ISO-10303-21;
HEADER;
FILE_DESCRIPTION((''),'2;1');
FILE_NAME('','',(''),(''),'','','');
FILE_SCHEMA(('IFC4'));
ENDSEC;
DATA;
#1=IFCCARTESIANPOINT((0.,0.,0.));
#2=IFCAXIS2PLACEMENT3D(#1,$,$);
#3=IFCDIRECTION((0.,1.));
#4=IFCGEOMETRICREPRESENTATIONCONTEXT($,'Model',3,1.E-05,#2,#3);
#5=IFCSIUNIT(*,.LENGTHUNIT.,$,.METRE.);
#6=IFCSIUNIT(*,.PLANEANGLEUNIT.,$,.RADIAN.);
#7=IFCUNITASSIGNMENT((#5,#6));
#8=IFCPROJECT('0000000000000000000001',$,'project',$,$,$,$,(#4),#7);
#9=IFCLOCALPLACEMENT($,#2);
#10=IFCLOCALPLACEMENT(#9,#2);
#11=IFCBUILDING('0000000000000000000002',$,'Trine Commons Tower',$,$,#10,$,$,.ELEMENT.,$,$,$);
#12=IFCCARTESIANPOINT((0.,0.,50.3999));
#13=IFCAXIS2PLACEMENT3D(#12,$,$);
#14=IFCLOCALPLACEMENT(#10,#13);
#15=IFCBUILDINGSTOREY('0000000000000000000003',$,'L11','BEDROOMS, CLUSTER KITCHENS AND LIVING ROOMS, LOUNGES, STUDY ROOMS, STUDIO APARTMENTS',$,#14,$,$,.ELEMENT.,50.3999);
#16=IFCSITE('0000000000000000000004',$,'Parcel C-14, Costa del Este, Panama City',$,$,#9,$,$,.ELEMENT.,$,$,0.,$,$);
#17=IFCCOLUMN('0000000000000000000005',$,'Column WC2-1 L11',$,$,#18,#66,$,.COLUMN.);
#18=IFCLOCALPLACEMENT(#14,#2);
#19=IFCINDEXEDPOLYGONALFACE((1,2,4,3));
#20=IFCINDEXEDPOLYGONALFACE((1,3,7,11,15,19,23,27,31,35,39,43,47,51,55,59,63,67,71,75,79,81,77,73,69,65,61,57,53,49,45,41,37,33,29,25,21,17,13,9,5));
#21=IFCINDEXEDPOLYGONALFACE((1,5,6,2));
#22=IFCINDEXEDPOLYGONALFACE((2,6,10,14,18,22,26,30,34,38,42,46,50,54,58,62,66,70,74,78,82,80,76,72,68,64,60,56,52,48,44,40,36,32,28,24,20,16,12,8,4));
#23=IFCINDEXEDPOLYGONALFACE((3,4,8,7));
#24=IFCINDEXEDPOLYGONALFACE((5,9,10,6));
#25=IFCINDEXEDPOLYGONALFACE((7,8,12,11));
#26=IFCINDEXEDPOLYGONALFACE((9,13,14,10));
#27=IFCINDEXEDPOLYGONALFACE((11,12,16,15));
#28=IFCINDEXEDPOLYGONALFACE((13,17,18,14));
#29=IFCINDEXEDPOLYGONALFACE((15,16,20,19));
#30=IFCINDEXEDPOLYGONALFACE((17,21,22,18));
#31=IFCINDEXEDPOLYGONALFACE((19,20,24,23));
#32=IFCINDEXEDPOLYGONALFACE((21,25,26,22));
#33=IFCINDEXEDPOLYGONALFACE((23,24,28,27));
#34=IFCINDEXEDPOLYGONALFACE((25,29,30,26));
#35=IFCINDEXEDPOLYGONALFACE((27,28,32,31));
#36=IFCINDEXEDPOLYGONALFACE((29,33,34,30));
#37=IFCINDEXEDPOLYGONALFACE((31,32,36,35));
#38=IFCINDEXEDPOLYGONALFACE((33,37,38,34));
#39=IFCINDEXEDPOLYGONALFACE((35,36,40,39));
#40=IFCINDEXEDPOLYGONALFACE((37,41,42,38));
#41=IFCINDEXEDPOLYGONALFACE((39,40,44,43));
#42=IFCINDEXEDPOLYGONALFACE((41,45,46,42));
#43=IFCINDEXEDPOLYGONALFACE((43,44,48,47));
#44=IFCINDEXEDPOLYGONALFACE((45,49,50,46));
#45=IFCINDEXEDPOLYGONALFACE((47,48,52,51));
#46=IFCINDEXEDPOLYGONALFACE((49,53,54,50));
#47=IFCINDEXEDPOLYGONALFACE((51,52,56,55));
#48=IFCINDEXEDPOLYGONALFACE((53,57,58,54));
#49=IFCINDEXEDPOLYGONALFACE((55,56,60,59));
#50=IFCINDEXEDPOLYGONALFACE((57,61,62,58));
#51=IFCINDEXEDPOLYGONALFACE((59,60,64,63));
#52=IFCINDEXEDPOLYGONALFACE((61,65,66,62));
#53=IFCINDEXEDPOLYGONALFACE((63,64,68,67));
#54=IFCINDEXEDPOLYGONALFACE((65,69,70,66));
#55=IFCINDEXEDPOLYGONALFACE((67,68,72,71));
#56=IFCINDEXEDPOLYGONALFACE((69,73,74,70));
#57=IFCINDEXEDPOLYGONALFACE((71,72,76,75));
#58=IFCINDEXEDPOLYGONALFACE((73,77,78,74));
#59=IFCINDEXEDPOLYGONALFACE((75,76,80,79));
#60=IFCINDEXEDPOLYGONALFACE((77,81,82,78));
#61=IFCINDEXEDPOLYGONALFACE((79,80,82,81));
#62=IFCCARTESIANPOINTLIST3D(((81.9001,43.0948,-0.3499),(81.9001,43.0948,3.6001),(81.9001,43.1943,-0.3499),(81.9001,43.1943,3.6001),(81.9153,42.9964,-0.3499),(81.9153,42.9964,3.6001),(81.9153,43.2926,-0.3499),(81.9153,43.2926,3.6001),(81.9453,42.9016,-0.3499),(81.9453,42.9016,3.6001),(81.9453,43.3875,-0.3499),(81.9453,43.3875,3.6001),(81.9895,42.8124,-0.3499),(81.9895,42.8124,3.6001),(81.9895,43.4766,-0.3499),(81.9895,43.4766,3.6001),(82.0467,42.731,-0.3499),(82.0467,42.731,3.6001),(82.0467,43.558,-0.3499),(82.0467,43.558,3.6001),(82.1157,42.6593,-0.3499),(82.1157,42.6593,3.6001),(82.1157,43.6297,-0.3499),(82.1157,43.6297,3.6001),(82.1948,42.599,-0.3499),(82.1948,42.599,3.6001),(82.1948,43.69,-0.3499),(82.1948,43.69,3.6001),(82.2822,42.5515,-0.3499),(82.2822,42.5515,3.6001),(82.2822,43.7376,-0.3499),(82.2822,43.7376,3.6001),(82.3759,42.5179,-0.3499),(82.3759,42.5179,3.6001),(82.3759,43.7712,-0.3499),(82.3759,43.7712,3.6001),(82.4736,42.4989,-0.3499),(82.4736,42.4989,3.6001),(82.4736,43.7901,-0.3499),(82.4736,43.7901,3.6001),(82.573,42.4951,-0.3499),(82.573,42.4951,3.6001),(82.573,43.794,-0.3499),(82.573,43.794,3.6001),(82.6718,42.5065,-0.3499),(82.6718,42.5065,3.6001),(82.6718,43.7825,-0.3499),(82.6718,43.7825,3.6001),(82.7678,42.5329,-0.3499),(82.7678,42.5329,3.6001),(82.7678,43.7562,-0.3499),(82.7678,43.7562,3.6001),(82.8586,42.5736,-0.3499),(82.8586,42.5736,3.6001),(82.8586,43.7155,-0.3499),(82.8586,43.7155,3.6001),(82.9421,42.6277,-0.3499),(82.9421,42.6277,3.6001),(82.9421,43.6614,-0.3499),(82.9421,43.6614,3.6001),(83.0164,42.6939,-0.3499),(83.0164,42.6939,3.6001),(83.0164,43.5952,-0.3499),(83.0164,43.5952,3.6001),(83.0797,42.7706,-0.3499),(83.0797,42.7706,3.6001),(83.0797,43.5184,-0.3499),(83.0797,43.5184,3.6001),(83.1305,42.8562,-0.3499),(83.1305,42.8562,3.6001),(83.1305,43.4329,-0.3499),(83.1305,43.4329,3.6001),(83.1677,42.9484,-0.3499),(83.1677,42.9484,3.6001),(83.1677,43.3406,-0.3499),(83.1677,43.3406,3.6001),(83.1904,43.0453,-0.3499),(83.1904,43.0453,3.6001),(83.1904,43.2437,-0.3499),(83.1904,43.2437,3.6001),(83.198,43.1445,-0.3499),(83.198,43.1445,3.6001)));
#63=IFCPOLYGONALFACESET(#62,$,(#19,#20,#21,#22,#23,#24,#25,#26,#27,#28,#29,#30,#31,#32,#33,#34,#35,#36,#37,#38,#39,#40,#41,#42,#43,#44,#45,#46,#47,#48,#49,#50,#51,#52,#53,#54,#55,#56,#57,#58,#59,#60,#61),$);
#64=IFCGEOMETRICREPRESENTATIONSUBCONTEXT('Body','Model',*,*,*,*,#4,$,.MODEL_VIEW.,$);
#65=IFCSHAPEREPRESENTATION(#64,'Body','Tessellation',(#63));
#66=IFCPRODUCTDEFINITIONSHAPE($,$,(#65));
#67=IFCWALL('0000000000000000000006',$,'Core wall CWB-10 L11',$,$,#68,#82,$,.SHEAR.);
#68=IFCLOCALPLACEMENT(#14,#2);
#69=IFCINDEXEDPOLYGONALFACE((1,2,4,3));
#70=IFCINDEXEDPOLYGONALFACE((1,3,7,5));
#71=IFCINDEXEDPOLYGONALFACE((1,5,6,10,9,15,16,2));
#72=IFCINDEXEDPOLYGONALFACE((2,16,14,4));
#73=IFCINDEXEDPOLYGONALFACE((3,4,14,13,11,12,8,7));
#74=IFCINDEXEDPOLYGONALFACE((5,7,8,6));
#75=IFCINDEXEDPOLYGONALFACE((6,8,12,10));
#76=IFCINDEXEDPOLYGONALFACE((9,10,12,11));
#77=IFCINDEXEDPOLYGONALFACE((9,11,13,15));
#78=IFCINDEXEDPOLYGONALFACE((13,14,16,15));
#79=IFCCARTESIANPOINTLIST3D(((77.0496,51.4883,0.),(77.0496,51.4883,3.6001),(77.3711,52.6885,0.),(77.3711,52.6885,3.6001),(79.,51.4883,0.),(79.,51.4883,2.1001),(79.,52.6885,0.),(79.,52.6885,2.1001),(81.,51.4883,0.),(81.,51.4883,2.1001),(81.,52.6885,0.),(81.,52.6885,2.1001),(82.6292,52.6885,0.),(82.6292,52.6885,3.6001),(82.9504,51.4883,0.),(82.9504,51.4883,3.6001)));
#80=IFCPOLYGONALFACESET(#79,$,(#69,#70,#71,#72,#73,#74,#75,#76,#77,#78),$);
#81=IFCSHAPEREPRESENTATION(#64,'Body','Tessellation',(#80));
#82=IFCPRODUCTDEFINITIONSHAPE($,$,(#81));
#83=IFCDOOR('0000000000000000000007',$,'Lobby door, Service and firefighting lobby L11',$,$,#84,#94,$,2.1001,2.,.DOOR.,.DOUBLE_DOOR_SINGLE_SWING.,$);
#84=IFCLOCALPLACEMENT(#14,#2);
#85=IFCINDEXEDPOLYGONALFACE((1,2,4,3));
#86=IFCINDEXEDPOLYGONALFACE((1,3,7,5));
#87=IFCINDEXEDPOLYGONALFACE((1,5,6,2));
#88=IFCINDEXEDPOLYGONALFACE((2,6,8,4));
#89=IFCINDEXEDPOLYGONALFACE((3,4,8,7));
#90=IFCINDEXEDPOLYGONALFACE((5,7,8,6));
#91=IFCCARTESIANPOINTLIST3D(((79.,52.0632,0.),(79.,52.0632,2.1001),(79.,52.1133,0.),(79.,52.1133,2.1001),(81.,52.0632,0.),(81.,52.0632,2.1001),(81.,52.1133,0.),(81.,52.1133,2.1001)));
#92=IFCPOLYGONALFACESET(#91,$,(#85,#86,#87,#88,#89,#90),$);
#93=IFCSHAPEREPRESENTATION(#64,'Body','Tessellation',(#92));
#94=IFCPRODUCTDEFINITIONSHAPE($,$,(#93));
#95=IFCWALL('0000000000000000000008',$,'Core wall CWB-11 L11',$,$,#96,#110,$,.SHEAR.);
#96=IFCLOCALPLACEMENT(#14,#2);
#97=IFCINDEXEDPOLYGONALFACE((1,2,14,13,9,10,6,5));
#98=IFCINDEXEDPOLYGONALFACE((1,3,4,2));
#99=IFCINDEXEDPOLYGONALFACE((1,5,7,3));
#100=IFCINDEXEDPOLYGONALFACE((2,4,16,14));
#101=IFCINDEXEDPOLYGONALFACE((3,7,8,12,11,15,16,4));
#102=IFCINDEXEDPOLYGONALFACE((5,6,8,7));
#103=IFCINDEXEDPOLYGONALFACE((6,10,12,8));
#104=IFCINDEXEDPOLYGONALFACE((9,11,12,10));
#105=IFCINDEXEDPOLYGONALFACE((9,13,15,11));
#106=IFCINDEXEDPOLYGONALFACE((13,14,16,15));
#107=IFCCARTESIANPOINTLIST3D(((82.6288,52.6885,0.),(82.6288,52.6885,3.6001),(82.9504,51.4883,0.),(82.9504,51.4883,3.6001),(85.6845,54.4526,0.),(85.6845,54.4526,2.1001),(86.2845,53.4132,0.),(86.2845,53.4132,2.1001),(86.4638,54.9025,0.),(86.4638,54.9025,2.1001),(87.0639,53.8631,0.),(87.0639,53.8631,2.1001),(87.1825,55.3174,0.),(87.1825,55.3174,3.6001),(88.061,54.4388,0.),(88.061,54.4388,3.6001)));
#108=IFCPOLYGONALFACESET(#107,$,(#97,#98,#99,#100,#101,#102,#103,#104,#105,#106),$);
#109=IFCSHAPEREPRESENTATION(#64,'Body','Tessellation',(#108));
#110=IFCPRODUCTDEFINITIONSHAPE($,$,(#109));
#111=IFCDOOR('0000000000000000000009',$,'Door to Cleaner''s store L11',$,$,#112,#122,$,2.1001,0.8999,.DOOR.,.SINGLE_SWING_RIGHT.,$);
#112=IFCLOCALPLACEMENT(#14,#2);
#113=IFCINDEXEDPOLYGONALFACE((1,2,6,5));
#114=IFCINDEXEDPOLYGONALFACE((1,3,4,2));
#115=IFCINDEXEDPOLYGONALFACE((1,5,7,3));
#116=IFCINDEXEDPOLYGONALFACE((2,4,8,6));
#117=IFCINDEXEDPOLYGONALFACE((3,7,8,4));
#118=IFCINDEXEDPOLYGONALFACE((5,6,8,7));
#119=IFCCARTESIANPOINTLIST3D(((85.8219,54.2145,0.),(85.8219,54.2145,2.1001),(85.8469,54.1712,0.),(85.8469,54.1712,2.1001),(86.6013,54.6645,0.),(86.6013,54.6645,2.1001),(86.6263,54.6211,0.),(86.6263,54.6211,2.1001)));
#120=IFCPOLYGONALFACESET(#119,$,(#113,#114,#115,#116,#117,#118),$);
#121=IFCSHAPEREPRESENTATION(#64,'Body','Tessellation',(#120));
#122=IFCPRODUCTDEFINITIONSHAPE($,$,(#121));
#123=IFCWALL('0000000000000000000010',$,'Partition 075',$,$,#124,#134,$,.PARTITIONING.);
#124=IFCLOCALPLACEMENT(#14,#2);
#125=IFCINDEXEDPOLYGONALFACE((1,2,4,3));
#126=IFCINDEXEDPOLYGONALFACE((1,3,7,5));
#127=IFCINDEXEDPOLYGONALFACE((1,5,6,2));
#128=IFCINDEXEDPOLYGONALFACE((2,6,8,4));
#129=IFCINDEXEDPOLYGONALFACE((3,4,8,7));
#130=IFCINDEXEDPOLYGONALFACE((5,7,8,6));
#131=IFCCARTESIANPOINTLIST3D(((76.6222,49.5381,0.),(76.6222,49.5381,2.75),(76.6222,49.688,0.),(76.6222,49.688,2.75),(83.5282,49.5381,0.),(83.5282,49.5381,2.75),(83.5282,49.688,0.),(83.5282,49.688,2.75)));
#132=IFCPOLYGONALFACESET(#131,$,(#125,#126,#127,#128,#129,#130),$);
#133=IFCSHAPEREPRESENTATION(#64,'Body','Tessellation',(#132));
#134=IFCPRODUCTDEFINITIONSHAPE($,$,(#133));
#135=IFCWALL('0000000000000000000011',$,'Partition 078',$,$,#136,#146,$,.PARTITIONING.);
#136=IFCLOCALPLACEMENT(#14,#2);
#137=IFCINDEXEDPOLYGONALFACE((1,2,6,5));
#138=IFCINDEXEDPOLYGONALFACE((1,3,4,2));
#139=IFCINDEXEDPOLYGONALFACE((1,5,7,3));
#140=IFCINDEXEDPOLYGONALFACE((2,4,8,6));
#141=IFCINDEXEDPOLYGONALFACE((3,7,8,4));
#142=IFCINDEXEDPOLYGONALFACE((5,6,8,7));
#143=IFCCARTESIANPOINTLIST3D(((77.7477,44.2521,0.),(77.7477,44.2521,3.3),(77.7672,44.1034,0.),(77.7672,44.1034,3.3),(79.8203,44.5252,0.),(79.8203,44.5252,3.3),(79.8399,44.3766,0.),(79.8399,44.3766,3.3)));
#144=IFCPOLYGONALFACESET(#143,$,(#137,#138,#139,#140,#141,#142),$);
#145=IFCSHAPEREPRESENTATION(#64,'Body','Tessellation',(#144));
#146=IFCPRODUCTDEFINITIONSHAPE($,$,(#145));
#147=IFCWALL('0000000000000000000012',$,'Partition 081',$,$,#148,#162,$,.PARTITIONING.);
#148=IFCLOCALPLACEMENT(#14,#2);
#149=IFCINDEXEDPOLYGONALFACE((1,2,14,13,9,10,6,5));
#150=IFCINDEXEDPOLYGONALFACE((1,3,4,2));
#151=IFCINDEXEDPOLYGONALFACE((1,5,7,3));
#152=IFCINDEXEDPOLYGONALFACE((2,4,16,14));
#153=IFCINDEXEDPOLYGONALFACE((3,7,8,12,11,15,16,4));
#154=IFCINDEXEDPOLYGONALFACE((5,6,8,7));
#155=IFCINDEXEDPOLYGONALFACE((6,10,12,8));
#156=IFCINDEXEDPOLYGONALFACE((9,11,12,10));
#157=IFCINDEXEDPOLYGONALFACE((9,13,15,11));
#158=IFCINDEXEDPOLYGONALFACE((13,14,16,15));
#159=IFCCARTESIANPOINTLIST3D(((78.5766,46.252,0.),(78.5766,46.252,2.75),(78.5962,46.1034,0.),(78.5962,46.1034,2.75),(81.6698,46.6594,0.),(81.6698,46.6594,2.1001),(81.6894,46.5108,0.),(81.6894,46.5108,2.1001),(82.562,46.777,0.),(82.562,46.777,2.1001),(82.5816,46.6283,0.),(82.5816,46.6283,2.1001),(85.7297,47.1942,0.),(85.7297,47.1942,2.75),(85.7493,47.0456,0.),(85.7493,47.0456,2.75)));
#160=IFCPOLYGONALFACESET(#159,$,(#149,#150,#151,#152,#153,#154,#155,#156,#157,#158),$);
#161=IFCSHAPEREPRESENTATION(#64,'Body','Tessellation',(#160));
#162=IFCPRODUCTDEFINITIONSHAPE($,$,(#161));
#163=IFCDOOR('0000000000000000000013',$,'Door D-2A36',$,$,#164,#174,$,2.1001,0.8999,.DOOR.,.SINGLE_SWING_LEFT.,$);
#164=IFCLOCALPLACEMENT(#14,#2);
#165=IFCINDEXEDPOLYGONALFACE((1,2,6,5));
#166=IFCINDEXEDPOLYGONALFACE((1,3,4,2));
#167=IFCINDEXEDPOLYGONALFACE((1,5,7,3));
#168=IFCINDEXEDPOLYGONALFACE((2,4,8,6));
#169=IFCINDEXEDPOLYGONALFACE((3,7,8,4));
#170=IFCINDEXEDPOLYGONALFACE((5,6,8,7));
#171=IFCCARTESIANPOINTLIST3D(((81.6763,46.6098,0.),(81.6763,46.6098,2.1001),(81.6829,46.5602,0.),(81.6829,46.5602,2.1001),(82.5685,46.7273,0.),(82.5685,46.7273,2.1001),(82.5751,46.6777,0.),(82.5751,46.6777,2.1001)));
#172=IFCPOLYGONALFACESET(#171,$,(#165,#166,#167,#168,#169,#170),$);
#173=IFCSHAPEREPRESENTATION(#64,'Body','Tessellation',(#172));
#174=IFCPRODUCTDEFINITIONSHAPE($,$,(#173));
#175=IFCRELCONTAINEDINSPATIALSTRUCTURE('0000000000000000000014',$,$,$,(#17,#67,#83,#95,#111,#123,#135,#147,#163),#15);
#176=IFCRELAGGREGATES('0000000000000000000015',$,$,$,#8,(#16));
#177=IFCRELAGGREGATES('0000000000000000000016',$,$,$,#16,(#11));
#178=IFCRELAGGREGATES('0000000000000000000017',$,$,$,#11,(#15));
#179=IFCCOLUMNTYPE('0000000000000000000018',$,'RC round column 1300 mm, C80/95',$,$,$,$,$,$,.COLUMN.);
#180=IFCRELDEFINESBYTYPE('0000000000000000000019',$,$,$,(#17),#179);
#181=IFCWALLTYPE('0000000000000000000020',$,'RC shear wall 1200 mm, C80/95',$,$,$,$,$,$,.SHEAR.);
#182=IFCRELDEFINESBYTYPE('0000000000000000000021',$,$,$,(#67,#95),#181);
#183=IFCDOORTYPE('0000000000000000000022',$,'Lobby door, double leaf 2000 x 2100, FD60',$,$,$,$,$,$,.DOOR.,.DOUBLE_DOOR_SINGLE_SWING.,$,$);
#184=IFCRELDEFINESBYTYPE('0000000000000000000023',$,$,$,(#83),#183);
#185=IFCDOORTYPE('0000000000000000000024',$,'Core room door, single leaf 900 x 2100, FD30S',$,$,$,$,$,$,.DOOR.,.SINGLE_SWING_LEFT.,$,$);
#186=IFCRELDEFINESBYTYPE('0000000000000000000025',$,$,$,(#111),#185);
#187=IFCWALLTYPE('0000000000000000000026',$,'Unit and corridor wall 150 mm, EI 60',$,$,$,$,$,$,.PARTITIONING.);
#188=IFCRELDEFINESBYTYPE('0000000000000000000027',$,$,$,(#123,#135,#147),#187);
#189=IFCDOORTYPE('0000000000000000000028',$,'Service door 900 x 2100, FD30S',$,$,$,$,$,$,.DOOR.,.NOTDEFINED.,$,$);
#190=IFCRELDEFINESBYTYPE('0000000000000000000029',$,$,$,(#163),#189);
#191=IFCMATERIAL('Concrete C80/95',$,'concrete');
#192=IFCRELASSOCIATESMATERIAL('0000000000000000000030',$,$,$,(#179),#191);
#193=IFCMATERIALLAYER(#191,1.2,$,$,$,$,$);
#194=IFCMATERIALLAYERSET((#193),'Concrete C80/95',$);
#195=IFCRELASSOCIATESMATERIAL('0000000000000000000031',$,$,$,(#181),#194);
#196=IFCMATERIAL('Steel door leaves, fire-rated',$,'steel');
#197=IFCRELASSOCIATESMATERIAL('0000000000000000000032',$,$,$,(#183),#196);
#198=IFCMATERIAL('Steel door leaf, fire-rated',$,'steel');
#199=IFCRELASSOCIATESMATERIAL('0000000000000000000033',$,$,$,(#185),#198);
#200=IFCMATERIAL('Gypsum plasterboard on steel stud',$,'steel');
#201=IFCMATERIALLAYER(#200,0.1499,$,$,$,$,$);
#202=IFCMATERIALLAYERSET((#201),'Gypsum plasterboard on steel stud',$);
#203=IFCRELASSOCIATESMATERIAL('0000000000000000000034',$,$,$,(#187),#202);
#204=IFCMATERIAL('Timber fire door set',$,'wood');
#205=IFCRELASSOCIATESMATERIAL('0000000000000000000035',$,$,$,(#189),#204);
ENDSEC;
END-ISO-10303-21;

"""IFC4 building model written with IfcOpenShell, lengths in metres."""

from ifc_helpers import new_model, si_unit, direction, frame, frame_2d, origin, origin_2d, place, context, subcontext, project, spatial, polyline, rectangle, circle, outline, extrude, material, layer, layer_set, material_profile, profile_set, type_object, element, fill, save


model = new_model("IFC4")

# Units and contexts
model_context = context("Model", 3, precision=1e-05, world=origin(), true_north=direction((0.0, 1.0)))
body_context = subcontext(model_context, "Body", "Model", "MODEL_VIEW")
ifc_project = project(units=[si_unit("LENGTHUNIT", "METRE"), si_unit("PLANEANGLEUNIT", "RADIAN")], contexts=[model_context])

# Site, building, storey
site_placement = place(None, origin())
site = spatial("IfcSite", under=ifc_project, at=site_placement, Name="Parcel C-14, Costa del Este, Panama City", CompositionType="ELEMENT", RefElevation=0.0)
building_placement = place(site_placement, origin())
building = spatial("IfcBuilding", under=site, at=building_placement, Name="Trine Commons Tower", CompositionType="ELEMENT")
storey_placement = place(building_placement, frame((0.0, 0.0, 50.3999)))
storey = spatial("IfcBuildingStorey", under=building, at=storey_placement, Name="L11", Description="BEDROOMS, CLUSTER KITCHENS AND LIVING ROOMS, LOUNGES, STUDY ROOMS, STUDIO APARTMENTS", CompositionType="ELEMENT", Elevation=50.3999)

# Column
ifc_material_1 = material(Name="Concrete C80/95", Category="concrete")
ifc_material_profile = material_profile(ifc_material_1, circle(Radius=0.6499, at=origin_2d()), Name="RC round 1300")
ifc_profile_set = profile_set([ifc_material_profile], Name="Concrete C80/95")
column_type = type_object("IfcColumnType", Name="RC round column 1300 mm, C80/95", PredefinedType="COLUMN", material=ifc_profile_set)
column_placement = place(storey_placement, frame((82.5481, 43.1445, -0.3499), z_axis=(0.0, 0.0, 1.0), x_axis=(1.0, 0.0, 0.0)))
element("IfcColumn", 1, at=column_placement, inside=storey, type_object=column_type, Name="Column WC2-1 L11", PredefinedType="COLUMN", context=body_context, shape_type="SweptSolid", body=[
    extrude(circle(Radius=0.6499, at=origin_2d()), origin(), (0.0, 0.0, 1.0), 3.95),
])

# Walls, openings, doors
ifc_layer_1 = layer(ifc_material_1, 1.2)
ifc_layer_set_1 = layer_set([ifc_layer_1], Name="Concrete C80/95")
wall_type_1 = type_object("IfcWallType", Name="RC shear wall 1200 mm, C80/95", PredefinedType="SHEAR", material=ifc_layer_set_1)
wall_1_placement = place(storey_placement, frame((77.0496, 52.0884, 0.0), z_axis=(0.0, 0.0, 1.0), x_axis=(1.0, 0.0, 0.0)))
wall_1 = element("IfcWall", 2, at=wall_1_placement, inside=storey, type_object=wall_type_1, Name="Core wall CWB-10 L11", PredefinedType="SHEAR", context=body_context, shape_type="SweptSolid", body=[
    extrude(outline(polyline([(0.0, -0.6001), (5.9009, -0.6001), (5.5796, 0.6001), (0.3215, 0.6001), (0.0, -0.6001)])), origin(), (0.0, 0.0, 1.0), 3.6001),
])
opening_1_placement = place(wall_1_placement, frame((1.9504, 0.0, 0.0)))
opening_1 = element("IfcOpeningElement", 3, at=opening_1_placement, cuts=wall_1, PredefinedType="OPENING", context=body_context, shape_type="SweptSolid", body=[
    extrude(rectangle(XDim=2.0, YDim=2.1001, at=frame_2d((1.0, 1.05))), frame((0.0, 0.6099, 0.0), z_axis=(0.0, -1.0, 0.0), x_axis=(1.0, 0.0, 0.0)), (0.0, 0.0, 1.0), 1.22),
])
ifc_material_2 = material(Name="Steel door leaves, fire-rated", Category="steel")
door_type_1 = type_object("IfcDoorType", Name="Lobby door, double leaf 2000 x 2100, FD60", OperationType="DOUBLE_DOOR_SINGLE_SWING", PredefinedType="DOOR", material=ifc_material_2)
door_1_placement = place(opening_1_placement, origin())
door_1 = element("IfcDoor", 4, at=door_1_placement, inside=storey, type_object=door_type_1, Name="Lobby door, Service and firefighting lobby L11", OperationType="DOUBLE_DOOR_SINGLE_SWING", OverallHeight=2.1001, OverallWidth=2.0, PredefinedType="DOOR", context=body_context, shape_type="SweptSolid", body=[
    extrude(rectangle(XDim=2.0, YDim=2.1001, at=frame_2d((1.0, 1.05))), frame((0.0, 0.0249, 0.0), z_axis=(0.0, -1.0, 0.0), x_axis=(1.0, 0.0, 0.0)), (0.0, 0.0, 1.0), 0.05),
])
fill(opening_1, door_1)
wall_2_placement = place(storey_placement, frame((82.6504, 52.0081, 0.0), z_axis=(0.0, 0.0, 1.0), x_axis=(0.866037, 0.499979, 0.0)))
wall_2 = element("IfcWall", 5, at=wall_2_placement, inside=storey, type_object=wall_type_1, Name="Core wall CWB-11 L11", PredefinedType="SHEAR", context=body_context, shape_type="SweptSolid", body=[
    extrude(outline(polyline([(0.0, -0.6001), (5.9011, -0.6001), (5.5796, 0.6001), (0.3215, 0.6001), (0.0, -0.6001)])), origin(), (0.0, 0.0, 1.0), 3.6001),
])
opening_2_placement = place(wall_2_placement, frame((3.8499, 0.0, 0.0)))
opening_2 = element("IfcOpeningElement", 6, at=opening_2_placement, cuts=wall_2, PredefinedType="OPENING", context=body_context, shape_type="SweptSolid", body=[
    extrude(rectangle(XDim=0.8999, YDim=2.1001, at=frame_2d((0.45, 1.05))), frame((0.0, 0.6099, 0.0), z_axis=(0.0, -1.0, 0.0), x_axis=(1.0, 0.0, 0.0)), (0.0, 0.0, 1.0), 1.22),
])
ifc_material_3 = material(Name="Steel door leaf, fire-rated", Category="steel")
door_type_2 = type_object("IfcDoorType", Name="Core room door, single leaf 900 x 2100, FD30S", OperationType="SINGLE_SWING_LEFT", PredefinedType="DOOR", material=ifc_material_3)
door_2_placement = place(opening_2_placement, origin())
door_2 = element("IfcDoor", 7, at=door_2_placement, inside=storey, type_object=door_type_2, Name="Door to Cleaner's store L11", OperationType="SINGLE_SWING_RIGHT", OverallHeight=2.1001, OverallWidth=0.8999, PredefinedType="DOOR", context=body_context, shape_type="SweptSolid", body=[
    extrude(rectangle(XDim=0.8999, YDim=2.1001, at=frame_2d((0.45, 1.05))), frame((0.0, 0.3252, 0.0), z_axis=(0.0, -1.0, 0.0), x_axis=(1.0, 0.0, 0.0)), (0.0, 0.0, 1.0), 0.05),
])
fill(opening_2, door_2)

# Walls
ifc_material_4 = material(Name="Gypsum plasterboard on steel stud", Category="steel")
ifc_layer_2 = layer(ifc_material_4, 0.1499)
ifc_layer_set_2 = layer_set([ifc_layer_2], Name="Gypsum plasterboard on steel stud")
wall_type_2 = type_object("IfcWallType", Name="Unit and corridor wall 150 mm, EI 60", PredefinedType="PARTITIONING", material=ifc_layer_set_2)
wall_3_placement = place(storey_placement, frame((76.6221, 49.613, 0.0), z_axis=(0.0, 0.0, 1.0), x_axis=(1.0, 0.0, 0.0)))
element("IfcWall", 8, at=wall_3_placement, inside=storey, type_object=wall_type_2, Name="Partition 075", PredefinedType="PARTITIONING", context=body_context, shape_type="SweptSolid", body=[
    extrude(rectangle(XDim=6.906, YDim=0.1499, at=frame_2d((3.4531, 0.0))), origin(), (0.0, 0.0, 1.0), 2.75),
])
wall_4_placement = place(storey_placement, frame((77.7573, 44.1777, 0.0), z_axis=(0.0, 0.0, 1.0), x_axis=(0.991426, 0.130672, 0.0)))
element("IfcWall", 9, at=wall_4_placement, inside=storey, type_object=wall_type_2, Name="Partition 078", PredefinedType="PARTITIONING", context=body_context, shape_type="SweptSolid", body=[
    extrude(rectangle(XDim=2.0906, YDim=0.1499, at=frame_2d((1.0454, 0.0))), origin(), (0.0, 0.0, 1.0), 3.3),
])

# Wall, opening, door
wall_5_placement = place(storey_placement, frame((78.5864, 46.1777, 0.0), z_axis=(0.0, 0.0, 1.0), x_axis=(0.991437, 0.130583, 0.0)))
wall_5 = element("IfcWall", 10, at=wall_5_placement, inside=storey, type_object=wall_type_2, Name="Partition 081", PredefinedType="PARTITIONING", context=body_context, shape_type="SweptSolid", body=[
    extrude(rectangle(XDim=7.2148, YDim=0.1499, at=frame_2d((3.6074, 0.0))), origin(), (0.0, 0.0, 1.0), 2.75),
])
opening_3_placement = place(wall_5_placement, frame((3.1199, 0.0, 0.0)))
opening_3 = element("IfcOpeningElement", 11, at=opening_3_placement, cuts=wall_5, PredefinedType="OPENING", context=body_context, shape_type="SweptSolid", body=[
    extrude(rectangle(XDim=0.8999, YDim=2.1001, at=frame_2d((0.45, 1.05))), frame((0.0, 0.085, 0.0), z_axis=(0.0, -1.0, 0.0), x_axis=(1.0, 0.0, 0.0)), (0.0, 0.0, 1.0), 0.1699),
])
ifc_material_5 = material(Name="Timber fire door set", Category="wood")
door_type_3 = type_object("IfcDoorType", Name="Service door 900 x 2100, FD30S", OperationType="NOTDEFINED", PredefinedType="DOOR", material=ifc_material_5)
door_3_placement = place(opening_3_placement, origin())
door_3 = element("IfcDoor", 12, at=door_3_placement, inside=storey, type_object=door_type_3, Name="Door D-2A36", OperationType="SINGLE_SWING_LEFT", OverallHeight=2.1001, OverallWidth=0.8999, PredefinedType="DOOR", context=body_context, shape_type="SweptSolid", body=[
    extrude(rectangle(XDim=0.8999, YDim=2.1001, at=frame_2d((0.45, 1.05))), frame((0.0, 0.0249, 0.0), z_axis=(0.0, -1.0, 0.0), x_axis=(1.0, 0.0, 0.0)), (0.0, 0.0, 1.0), 0.05),
])
fill(opening_3, door_3)

save(model, "model.ifc")
